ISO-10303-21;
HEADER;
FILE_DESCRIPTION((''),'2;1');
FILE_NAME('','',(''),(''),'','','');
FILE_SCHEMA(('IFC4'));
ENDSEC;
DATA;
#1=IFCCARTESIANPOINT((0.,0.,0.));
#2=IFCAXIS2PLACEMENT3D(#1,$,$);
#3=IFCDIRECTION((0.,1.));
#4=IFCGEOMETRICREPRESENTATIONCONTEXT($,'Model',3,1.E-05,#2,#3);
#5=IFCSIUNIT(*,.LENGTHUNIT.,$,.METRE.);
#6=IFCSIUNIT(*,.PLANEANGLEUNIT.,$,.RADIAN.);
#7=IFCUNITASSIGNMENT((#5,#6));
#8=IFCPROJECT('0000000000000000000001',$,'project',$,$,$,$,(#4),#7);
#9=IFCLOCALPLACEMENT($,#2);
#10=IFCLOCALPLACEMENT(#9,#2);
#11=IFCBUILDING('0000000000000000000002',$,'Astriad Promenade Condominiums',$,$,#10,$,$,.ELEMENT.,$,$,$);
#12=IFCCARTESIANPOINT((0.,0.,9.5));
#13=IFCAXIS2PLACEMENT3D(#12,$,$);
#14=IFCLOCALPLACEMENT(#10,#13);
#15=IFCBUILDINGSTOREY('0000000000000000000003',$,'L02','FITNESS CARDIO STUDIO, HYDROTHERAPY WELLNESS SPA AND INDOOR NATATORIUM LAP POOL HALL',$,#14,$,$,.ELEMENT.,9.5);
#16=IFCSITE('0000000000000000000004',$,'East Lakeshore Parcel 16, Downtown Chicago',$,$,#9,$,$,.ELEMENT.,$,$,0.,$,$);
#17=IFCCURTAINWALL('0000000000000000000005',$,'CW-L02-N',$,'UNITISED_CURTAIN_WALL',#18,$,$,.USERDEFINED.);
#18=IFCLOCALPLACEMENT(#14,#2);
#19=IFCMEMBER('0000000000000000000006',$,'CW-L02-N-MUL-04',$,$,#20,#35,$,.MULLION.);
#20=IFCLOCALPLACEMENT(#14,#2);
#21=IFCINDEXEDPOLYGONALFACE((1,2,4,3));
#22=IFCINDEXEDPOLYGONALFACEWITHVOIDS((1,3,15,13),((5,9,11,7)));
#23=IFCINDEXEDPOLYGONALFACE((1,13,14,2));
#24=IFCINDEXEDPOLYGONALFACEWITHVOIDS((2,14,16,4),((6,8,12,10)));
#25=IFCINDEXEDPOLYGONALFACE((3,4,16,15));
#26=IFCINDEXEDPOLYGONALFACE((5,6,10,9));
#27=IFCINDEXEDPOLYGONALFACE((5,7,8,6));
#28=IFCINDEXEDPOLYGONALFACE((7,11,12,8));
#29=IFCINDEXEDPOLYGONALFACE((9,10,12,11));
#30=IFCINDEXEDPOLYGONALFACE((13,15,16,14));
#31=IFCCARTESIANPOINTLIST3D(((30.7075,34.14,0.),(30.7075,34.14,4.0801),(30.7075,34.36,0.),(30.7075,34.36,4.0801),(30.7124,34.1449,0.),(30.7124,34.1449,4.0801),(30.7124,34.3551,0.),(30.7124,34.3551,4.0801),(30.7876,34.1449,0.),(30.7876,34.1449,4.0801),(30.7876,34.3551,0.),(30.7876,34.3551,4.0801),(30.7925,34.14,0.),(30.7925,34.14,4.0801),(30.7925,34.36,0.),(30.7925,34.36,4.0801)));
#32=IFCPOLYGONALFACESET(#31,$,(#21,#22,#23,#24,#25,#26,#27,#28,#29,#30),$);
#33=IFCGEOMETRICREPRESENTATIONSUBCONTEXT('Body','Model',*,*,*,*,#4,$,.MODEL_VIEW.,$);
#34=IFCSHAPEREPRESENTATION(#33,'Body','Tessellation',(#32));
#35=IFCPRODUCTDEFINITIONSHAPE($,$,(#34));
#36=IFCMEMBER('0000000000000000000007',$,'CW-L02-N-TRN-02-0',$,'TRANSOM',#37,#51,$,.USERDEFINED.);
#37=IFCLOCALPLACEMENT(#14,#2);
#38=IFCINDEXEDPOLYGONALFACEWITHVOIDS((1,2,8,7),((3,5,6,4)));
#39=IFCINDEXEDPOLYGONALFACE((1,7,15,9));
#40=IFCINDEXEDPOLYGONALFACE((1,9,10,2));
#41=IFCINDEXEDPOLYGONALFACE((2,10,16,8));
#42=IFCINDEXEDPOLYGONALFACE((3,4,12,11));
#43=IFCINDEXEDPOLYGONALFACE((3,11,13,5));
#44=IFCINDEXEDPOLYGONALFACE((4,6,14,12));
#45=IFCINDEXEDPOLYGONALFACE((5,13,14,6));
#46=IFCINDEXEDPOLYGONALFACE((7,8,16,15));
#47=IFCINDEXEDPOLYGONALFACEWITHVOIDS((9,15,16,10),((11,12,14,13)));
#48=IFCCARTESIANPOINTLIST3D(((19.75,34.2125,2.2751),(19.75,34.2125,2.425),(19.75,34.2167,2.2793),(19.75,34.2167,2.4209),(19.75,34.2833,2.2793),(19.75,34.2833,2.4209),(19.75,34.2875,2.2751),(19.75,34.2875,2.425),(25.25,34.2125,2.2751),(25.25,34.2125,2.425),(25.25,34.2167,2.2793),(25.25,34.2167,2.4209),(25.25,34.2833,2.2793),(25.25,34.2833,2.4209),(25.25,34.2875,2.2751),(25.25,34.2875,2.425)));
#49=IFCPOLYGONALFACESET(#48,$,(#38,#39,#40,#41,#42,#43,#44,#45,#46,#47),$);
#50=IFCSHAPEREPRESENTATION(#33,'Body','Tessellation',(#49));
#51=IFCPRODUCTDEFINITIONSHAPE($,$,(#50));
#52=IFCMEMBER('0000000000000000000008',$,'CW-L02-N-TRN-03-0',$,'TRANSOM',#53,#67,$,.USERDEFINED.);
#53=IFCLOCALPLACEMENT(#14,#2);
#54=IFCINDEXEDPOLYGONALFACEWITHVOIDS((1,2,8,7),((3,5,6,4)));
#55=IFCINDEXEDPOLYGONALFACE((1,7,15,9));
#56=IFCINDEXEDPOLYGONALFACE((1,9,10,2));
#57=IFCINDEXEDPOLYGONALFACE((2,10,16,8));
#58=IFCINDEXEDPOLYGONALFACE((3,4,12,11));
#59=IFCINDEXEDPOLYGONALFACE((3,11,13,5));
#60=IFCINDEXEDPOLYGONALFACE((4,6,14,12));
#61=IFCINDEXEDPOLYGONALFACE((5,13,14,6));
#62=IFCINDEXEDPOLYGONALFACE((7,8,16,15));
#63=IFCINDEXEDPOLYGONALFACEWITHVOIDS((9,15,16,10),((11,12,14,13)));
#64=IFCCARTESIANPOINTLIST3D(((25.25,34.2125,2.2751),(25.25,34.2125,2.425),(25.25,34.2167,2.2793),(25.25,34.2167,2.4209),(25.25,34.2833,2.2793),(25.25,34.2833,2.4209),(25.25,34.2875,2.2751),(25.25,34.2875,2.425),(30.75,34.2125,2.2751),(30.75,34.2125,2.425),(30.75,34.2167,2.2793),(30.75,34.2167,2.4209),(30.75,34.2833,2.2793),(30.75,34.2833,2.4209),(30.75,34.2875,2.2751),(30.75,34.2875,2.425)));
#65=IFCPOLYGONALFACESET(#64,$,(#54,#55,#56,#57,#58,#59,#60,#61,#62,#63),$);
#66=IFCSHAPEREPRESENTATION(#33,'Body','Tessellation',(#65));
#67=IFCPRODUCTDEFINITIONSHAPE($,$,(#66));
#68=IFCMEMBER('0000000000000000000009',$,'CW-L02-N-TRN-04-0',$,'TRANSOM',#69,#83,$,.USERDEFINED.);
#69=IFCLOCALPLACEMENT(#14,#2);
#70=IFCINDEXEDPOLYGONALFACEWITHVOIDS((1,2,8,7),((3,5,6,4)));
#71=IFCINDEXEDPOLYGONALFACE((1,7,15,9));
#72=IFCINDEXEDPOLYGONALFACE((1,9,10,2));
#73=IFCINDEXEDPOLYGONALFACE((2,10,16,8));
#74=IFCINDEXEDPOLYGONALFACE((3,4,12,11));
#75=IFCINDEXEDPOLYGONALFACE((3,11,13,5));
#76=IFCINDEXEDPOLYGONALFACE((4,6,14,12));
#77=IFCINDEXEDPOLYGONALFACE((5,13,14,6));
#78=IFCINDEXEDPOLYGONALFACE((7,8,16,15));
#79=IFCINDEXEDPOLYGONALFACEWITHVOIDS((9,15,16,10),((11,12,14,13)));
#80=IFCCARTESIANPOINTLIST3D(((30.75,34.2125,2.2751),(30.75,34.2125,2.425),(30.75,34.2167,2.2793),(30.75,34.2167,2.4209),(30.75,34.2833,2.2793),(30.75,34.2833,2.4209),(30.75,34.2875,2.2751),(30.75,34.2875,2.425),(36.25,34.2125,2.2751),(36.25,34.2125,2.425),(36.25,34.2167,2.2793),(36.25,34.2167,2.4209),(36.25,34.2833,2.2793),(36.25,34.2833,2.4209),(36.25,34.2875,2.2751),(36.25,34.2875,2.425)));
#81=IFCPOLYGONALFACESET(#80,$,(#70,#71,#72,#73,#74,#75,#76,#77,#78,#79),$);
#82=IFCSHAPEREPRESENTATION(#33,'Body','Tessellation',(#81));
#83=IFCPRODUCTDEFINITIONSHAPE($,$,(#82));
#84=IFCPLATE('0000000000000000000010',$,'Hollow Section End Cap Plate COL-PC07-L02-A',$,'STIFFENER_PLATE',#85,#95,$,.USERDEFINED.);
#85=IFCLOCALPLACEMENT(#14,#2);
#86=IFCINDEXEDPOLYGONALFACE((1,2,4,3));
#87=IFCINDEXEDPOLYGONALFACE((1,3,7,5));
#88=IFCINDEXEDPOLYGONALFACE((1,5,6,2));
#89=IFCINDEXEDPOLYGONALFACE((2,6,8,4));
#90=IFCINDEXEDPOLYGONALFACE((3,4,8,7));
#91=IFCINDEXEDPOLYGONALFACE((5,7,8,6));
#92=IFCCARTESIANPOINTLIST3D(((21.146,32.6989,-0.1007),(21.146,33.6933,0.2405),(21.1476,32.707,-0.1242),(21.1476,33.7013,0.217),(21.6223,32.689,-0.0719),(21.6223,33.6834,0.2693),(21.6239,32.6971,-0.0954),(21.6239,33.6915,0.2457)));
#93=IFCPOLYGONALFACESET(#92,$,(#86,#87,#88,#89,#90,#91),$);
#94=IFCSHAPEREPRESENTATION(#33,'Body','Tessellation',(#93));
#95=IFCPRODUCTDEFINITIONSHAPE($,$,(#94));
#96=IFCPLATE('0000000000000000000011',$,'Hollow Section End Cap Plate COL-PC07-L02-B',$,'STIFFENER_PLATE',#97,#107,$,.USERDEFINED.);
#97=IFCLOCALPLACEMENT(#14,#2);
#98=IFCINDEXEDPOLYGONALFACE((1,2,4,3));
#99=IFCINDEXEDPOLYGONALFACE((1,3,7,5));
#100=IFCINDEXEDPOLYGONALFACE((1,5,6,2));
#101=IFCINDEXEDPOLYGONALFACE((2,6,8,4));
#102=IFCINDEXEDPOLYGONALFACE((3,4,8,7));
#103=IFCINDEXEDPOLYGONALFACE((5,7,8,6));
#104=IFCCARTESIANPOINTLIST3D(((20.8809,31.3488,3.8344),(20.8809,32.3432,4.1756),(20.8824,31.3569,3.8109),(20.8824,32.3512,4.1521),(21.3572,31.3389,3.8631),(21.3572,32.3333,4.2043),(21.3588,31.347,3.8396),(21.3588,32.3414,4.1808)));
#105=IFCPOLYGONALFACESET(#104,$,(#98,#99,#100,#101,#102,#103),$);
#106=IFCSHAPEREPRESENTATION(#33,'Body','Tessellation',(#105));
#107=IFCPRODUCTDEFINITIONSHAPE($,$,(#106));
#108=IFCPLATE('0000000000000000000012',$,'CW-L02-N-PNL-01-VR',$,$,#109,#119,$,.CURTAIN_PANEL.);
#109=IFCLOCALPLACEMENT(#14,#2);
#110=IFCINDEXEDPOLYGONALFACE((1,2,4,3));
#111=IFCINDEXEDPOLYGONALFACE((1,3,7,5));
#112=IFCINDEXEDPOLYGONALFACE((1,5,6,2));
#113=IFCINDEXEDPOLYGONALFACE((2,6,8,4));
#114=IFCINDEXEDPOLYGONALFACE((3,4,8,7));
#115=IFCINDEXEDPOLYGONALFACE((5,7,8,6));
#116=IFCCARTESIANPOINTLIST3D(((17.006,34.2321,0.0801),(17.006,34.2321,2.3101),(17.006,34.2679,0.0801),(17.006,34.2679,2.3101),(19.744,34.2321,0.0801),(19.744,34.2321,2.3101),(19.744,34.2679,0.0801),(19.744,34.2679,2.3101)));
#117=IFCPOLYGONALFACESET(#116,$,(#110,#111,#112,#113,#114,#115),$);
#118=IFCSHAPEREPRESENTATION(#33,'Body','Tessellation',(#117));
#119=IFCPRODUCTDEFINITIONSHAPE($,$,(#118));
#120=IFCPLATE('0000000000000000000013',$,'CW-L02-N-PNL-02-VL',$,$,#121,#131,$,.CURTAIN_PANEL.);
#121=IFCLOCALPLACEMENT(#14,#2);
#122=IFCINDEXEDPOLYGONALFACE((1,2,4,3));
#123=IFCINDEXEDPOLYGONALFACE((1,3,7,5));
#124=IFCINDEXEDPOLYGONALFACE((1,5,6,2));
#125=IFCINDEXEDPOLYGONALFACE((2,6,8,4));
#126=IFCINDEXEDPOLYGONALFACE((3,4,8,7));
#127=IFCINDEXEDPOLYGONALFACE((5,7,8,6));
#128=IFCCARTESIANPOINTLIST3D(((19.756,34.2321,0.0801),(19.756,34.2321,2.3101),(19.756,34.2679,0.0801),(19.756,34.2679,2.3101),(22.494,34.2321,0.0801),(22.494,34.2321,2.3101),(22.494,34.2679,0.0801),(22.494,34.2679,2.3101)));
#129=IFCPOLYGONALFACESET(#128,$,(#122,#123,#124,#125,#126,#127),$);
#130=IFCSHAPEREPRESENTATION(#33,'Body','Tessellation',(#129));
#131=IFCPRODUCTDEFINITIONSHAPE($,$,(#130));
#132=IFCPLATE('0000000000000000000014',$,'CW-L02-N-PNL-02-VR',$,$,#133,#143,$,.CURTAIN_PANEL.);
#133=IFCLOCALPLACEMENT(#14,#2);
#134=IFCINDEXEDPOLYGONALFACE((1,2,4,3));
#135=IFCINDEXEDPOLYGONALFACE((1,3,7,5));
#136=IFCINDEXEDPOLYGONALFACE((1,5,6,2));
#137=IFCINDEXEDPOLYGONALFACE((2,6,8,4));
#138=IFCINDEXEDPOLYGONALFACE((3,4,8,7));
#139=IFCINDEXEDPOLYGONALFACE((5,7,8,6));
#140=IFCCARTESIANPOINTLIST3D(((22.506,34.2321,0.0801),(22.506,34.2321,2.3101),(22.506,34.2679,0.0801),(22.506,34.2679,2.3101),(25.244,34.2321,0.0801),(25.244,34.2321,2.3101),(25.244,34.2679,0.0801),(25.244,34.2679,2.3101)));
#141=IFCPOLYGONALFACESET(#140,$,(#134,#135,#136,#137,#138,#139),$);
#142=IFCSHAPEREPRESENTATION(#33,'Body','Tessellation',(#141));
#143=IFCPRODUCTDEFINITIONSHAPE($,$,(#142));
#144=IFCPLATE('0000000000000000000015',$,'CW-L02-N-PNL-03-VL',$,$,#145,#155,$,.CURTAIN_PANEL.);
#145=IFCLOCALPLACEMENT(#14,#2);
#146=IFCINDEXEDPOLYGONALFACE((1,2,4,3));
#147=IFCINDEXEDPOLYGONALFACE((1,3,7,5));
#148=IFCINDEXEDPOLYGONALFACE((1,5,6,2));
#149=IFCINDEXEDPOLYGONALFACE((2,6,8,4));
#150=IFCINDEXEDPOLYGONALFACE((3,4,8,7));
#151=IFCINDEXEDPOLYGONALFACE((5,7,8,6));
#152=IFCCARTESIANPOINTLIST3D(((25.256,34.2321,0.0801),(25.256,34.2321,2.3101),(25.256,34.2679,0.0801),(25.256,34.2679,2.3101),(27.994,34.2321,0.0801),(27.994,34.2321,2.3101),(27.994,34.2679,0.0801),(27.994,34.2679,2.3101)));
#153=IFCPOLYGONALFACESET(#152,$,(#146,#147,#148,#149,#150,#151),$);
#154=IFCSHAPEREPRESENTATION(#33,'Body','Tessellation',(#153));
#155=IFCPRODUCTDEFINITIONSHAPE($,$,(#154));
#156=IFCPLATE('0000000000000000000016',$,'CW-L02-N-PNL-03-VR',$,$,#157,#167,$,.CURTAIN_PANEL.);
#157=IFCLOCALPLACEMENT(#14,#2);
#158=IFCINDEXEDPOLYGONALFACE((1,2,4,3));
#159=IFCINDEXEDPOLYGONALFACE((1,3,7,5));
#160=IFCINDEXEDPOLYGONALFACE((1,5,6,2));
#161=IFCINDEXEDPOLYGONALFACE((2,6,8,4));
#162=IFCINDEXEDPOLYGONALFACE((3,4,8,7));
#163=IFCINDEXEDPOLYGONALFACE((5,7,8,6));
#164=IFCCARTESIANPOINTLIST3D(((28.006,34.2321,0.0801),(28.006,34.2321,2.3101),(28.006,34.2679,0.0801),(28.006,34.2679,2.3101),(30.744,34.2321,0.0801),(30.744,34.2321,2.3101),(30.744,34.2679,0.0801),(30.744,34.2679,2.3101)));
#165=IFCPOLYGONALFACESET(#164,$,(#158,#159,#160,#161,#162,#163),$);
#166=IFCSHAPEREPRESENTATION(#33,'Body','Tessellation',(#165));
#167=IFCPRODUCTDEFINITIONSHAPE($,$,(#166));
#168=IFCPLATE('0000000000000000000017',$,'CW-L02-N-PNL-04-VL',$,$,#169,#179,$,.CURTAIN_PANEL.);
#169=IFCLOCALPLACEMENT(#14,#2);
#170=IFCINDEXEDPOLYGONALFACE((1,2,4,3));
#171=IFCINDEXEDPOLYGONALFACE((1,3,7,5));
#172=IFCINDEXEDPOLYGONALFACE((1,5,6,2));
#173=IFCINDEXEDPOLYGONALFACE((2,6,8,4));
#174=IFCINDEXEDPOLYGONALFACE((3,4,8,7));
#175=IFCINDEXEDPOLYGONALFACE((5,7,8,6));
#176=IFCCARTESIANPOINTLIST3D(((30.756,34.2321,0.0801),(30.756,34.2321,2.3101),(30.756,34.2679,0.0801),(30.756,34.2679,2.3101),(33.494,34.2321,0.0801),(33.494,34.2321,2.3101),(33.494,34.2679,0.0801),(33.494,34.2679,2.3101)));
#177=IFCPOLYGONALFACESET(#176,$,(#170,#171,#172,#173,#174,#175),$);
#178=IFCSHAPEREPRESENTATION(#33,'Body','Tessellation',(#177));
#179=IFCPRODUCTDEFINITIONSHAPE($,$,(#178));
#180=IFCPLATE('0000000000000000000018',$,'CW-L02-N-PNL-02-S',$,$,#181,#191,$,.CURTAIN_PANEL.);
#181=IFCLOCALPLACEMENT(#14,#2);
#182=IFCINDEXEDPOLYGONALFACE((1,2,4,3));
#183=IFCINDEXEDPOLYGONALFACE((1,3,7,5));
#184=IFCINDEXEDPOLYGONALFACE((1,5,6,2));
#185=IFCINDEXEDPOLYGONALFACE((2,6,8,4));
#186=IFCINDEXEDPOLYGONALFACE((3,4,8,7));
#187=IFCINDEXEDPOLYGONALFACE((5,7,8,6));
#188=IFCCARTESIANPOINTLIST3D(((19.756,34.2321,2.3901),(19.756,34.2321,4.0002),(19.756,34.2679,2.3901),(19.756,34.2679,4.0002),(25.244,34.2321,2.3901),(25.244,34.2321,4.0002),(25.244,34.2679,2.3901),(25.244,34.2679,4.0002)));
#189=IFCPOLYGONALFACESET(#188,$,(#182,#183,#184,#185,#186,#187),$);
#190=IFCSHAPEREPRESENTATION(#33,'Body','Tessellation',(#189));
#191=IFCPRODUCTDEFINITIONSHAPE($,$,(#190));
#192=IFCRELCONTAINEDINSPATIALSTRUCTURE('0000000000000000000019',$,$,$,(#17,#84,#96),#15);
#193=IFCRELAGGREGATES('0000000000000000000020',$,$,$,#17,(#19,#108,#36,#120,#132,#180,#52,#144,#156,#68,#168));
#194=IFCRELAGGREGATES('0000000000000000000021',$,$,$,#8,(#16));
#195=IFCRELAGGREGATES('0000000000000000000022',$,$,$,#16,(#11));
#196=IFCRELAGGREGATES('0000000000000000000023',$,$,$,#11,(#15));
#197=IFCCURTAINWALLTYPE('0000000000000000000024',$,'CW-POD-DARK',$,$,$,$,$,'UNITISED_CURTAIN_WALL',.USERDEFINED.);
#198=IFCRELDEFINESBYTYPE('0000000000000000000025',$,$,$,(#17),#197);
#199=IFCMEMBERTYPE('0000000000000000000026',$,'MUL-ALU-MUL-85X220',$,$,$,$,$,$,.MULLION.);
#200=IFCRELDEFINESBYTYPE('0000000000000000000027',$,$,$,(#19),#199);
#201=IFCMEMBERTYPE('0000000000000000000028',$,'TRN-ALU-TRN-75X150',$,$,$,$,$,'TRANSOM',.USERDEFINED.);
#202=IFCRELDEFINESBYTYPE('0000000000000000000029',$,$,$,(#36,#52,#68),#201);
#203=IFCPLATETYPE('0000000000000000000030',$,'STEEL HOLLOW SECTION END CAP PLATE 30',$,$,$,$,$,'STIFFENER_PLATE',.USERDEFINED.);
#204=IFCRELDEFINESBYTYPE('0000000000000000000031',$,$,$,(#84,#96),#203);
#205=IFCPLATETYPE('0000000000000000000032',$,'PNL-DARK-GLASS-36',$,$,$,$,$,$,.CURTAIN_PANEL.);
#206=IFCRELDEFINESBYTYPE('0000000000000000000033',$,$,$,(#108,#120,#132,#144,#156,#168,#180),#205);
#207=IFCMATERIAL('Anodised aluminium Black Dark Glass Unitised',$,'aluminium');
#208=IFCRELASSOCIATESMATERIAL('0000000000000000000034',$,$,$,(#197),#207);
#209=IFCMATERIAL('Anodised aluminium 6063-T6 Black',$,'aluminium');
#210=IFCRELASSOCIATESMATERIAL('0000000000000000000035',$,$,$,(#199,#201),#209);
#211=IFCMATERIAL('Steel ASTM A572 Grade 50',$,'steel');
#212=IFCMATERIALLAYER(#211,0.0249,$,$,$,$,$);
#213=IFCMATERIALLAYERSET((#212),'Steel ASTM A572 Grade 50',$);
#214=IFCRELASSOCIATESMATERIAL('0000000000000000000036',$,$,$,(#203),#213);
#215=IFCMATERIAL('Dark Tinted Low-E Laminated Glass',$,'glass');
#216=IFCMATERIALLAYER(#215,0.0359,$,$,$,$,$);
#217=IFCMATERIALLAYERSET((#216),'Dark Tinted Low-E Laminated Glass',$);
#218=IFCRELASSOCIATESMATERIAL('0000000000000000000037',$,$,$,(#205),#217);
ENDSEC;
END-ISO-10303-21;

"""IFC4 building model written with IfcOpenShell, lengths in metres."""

from ifc_helpers import new_model, si_unit, direction, frame, origin, origin_2d, place, context, subcontext, project, spatial, rectangle, hollow_rectangle, extrude, source, transform, mapped, material, layer, layer_set, material_profile, profile_set, type_object, type_shapes, element, aggregate, save


model = new_model("IFC4")

# Units and contexts
model_context = context("Model", 3, precision=1e-05, world=origin(), true_north=direction((0.0, 1.0)))
body_context = subcontext(model_context, "Body", "Model", "MODEL_VIEW")
ifc_project = project(units=[si_unit("LENGTHUNIT", "METRE"), si_unit("PLANEANGLEUNIT", "RADIAN")], contexts=[model_context])

# Site, building, storey
site_placement = place(None, origin())
site = spatial("IfcSite", under=ifc_project, at=site_placement, Name="East Lakeshore Parcel 16, Downtown Chicago", CompositionType="ELEMENT", RefElevation=0.0)
building_placement = place(site_placement, origin())
building = spatial("IfcBuilding", under=site, at=building_placement, Name="Astriad Promenade Condominiums", CompositionType="ELEMENT")
storey_placement = place(building_placement, frame((0.0, 0.0, 9.5)))
storey = spatial("IfcBuildingStorey", under=building, at=storey_placement, Name="L02", Description="FITNESS CARDIO STUDIO, HYDROTHERAPY WELLNESS SPA AND INDOOR NATATORIUM LAP POOL HALL", CompositionType="ELEMENT", Elevation=9.5)

# Curtain wall, members
ifc_material_1 = material(Name="Anodised aluminium Black Dark Glass Unitised", Category="aluminium")
curtain_wall_type = type_object("IfcCurtainWallType", Name="CW-POD-DARK", ElementType="UNITISED_CURTAIN_WALL", PredefinedType="USERDEFINED", material=ifc_material_1)
curtain_wall_placement = place(storey_placement, origin())
curtain_wall = element("IfcCurtainWall", 1, at=curtain_wall_placement, inside=storey, type_object=curtain_wall_type, Name="CW-L02-N", ObjectType="UNITISED_CURTAIN_WALL", PredefinedType="USERDEFINED")
ifc_material_2 = material(Name="Anodised aluminium 6063-T6 Black", Category="aluminium")
ifc_material_profile_1 = material_profile(ifc_material_2, hollow_rectangle(XDim=0.085, YDim=0.22, WallThickness=0.0049, at=origin_2d()), Name="ALU-MUL-85X220")
ifc_profile_set_1 = profile_set([ifc_material_profile_1], Name="Anodised aluminium 6063-T6 Black")
member_type_1 = type_object("IfcMemberType", Name="MUL-ALU-MUL-85X220", PredefinedType="MULLION", material=ifc_profile_set_1)
shared_shape_1 = source(origin(), body_context, "Body", "SweptSolid", [
    extrude(hollow_rectangle(XDim=0.085, YDim=0.22, WallThickness=0.0049, at=origin_2d()), origin(), (0.0, 0.0, 1.0), 4.0801),
])
type_shapes(member_type_1, [shared_shape_1])
member_1_placement = place(storey_placement, frame((30.75, 34.25, 0.0), z_axis=(0.0, 0.0, 1.0), x_axis=(1.0, 0.0, 0.0)))
member_1 = element("IfcMember", 2, at=member_1_placement, type_object=member_type_1, Name="CW-L02-N-MUL-04", PredefinedType="MULLION", context=body_context, shape_type="MappedRepresentation", body=[
    mapped(shared_shape_1, transform((0.0, 0.0, 0.0), scale=1.0)),
])
ifc_material_profile_2 = material_profile(ifc_material_2, hollow_rectangle(XDim=0.075, YDim=0.1499, WallThickness=0.0042, at=origin_2d()), Name="ALU-TRN-75X150")
ifc_profile_set_2 = profile_set([ifc_material_profile_2], Name="Anodised aluminium 6063-T6 Black")
member_type_2 = type_object("IfcMemberType", Name="TRN-ALU-TRN-75X150", ElementType="TRANSOM", PredefinedType="USERDEFINED", material=ifc_profile_set_2)
shared_shape_2 = source(origin(), body_context, "Body", "SweptSolid", [
    extrude(hollow_rectangle(XDim=0.075, YDim=0.1499, WallThickness=0.0042, at=origin_2d()), origin(), (0.0, 0.0, 1.0), 5.5),
])
type_shapes(member_type_2, [shared_shape_2])
member_2_placement = place(storey_placement, frame((19.75, 34.25, 2.3501), z_axis=(1.0, 0.0, 0.0), x_axis=(0.0, 1.0, 0.0)))
member_2 = element("IfcMember", 3, at=member_2_placement, type_object=member_type_2, Name="CW-L02-N-TRN-02-0", ObjectType="TRANSOM", PredefinedType="USERDEFINED", context=body_context, shape_type="MappedRepresentation", body=[
    mapped(shared_shape_2, transform((0.0, 0.0, 0.0), scale=1.0)),
])
member_3_placement = place(storey_placement, frame((25.25, 34.25, 2.3501), z_axis=(1.0, 0.0, 0.0), x_axis=(0.0, 1.0, 0.0)))
member_3 = element("IfcMember", 4, at=member_3_placement, type_object=member_type_2, Name="CW-L02-N-TRN-03-0", ObjectType="TRANSOM", PredefinedType="USERDEFINED", context=body_context, shape_type="MappedRepresentation", body=[
    mapped(shared_shape_2, transform((0.0, 0.0, 0.0), scale=1.0)),
])
member_4_placement = place(storey_placement, frame((30.75, 34.25, 2.3501), z_axis=(1.0, 0.0, 0.0), x_axis=(0.0, 1.0, 0.0)))
member_4 = element("IfcMember", 5, at=member_4_placement, type_object=member_type_2, Name="CW-L02-N-TRN-04-0", ObjectType="TRANSOM", PredefinedType="USERDEFINED", context=body_context, shape_type="MappedRepresentation", body=[
    mapped(shared_shape_2, transform((0.0, 0.0, 0.0), scale=1.0)),
])

# Plates
ifc_material_3 = material(Name="Steel ASTM A572 Grade 50", Category="steel")
ifc_layer_1 = layer(ifc_material_3, 0.0249)
ifc_layer_set_1 = layer_set([ifc_layer_1], Name="Steel ASTM A572 Grade 50")
plate_type_1 = type_object("IfcPlateType", Name="STEEL HOLLOW SECTION END CAP PLATE 30", ElementType="STIFFENER_PLATE", PredefinedType="USERDEFINED", material=ifc_layer_set_1)
shared_shape_3 = source(origin(), body_context, "Body", "SweptSolid", [
    extrude(rectangle(XDim=0.4773, YDim=1.0513, at=origin_2d()), origin(), (0.0, 0.0, 1.0), 0.0249),
])
type_shapes(plate_type_1, [shared_shape_3])
for number, where, z_axis, x_axis, name in (
    (6, (21.3857, 33.1992, 0.0608), (-0.063612, -0.323901, 0.94395), (1.0, 0.0, 0.0), "Hollow Section End Cap Plate COL-PC07-L02-A"),
    (7, (21.1206, 31.8491, 3.9958), (-0.063612, -0.323901, 0.94395), (1.0, 0.0, 0.0), "Hollow Section End Cap Plate COL-PC07-L02-B"),
):
    element("IfcPlate", number, at=place(storey_placement, frame(where, z_axis=z_axis, x_axis=x_axis)), inside=storey, type_object=plate_type_1, Name=name, ObjectType="STIFFENER_PLATE", PredefinedType="USERDEFINED", context=body_context, shape_type="MappedRepresentation", body=[
        mapped(shared_shape_3, transform((0.0, 0.0, 0.0), scale=1.0)),
    ])

# Plates
ifc_material_4 = material(Name="Dark Tinted Low-E Laminated Glass", Category="glass")
ifc_layer_2 = layer(ifc_material_4, 0.0359)
ifc_layer_set_2 = layer_set([ifc_layer_2], Name="Dark Tinted Low-E Laminated Glass")
plate_type_2 = type_object("IfcPlateType", Name="PNL-DARK-GLASS-36", PredefinedType="CURTAIN_PANEL", material=ifc_layer_set_2)
shared_shape_4 = source(origin(), body_context, "Body", "SweptSolid", [
    extrude(rectangle(XDim=2.738, YDim=0.0359, at=origin_2d()), origin(), (0.0, 0.0, 1.0), 2.23),
])
plate_1_placement = place(storey_placement, frame((18.375, 34.25, 0.0801), z_axis=(0.0, 0.0, 1.0), x_axis=(1.0, 0.0, 0.0)))
plate_1 = element("IfcPlate", 8, at=plate_1_placement, type_object=plate_type_2, Name="CW-L02-N-PNL-01-VR", PredefinedType="CURTAIN_PANEL", context=body_context, shape_type="MappedRepresentation", body=[
    mapped(shared_shape_4, transform((0.0, 0.0, 0.0), scale=1.0)),
])
plate_2_placement = place(storey_placement, frame((21.125, 34.25, 0.0801), z_axis=(0.0, 0.0, 1.0), x_axis=(1.0, 0.0, 0.0)))
plate_2 = element("IfcPlate", 9, at=plate_2_placement, type_object=plate_type_2, Name="CW-L02-N-PNL-02-VL", PredefinedType="CURTAIN_PANEL", context=body_context, shape_type="MappedRepresentation", body=[
    mapped(shared_shape_4, transform((0.0, 0.0, 0.0), scale=1.0)),
])
plate_3_placement = place(storey_placement, frame((23.875, 34.25, 0.0801), z_axis=(0.0, 0.0, 1.0), x_axis=(1.0, 0.0, 0.0)))
plate_3 = element("IfcPlate", 10, at=plate_3_placement, type_object=plate_type_2, Name="CW-L02-N-PNL-02-VR", PredefinedType="CURTAIN_PANEL", context=body_context, shape_type="MappedRepresentation", body=[
    mapped(shared_shape_4, transform((0.0, 0.0, 0.0), scale=1.0)),
])
plate_4_placement = place(storey_placement, frame((26.625, 34.25, 0.0801), z_axis=(0.0, 0.0, 1.0), x_axis=(1.0, 0.0, 0.0)))
plate_4 = element("IfcPlate", 11, at=plate_4_placement, type_object=plate_type_2, Name="CW-L02-N-PNL-03-VL", PredefinedType="CURTAIN_PANEL", context=body_context, shape_type="MappedRepresentation", body=[
    mapped(shared_shape_4, transform((0.0, 0.0, 0.0), scale=1.0)),
])
plate_5_placement = place(storey_placement, frame((29.375, 34.25, 0.0801), z_axis=(0.0, 0.0, 1.0), x_axis=(1.0, 0.0, 0.0)))
plate_5 = element("IfcPlate", 12, at=plate_5_placement, type_object=plate_type_2, Name="CW-L02-N-PNL-03-VR", PredefinedType="CURTAIN_PANEL", context=body_context, shape_type="MappedRepresentation", body=[
    mapped(shared_shape_4, transform((0.0, 0.0, 0.0), scale=1.0)),
])
plate_6_placement = place(storey_placement, frame((32.125, 34.25, 0.0801), z_axis=(0.0, 0.0, 1.0), x_axis=(1.0, 0.0, 0.0)))
plate_6 = element("IfcPlate", 13, at=plate_6_placement, type_object=plate_type_2, Name="CW-L02-N-PNL-04-VL", PredefinedType="CURTAIN_PANEL", context=body_context, shape_type="MappedRepresentation", body=[
    mapped(shared_shape_4, transform((0.0, 0.0, 0.0), scale=1.0)),
])
shared_shape_5 = source(origin(), body_context, "Body", "SweptSolid", [
    extrude(rectangle(XDim=5.488, YDim=0.0359, at=origin_2d()), origin(), (0.0, 0.0, 1.0), 1.6101),
])
type_shapes(plate_type_2, [shared_shape_4, shared_shape_5])
plate_7_placement = place(storey_placement, frame((22.5, 34.25, 2.3901), z_axis=(0.0, 0.0, 1.0), x_axis=(1.0, 0.0, 0.0)))
plate_7 = element("IfcPlate", 14, at=plate_7_placement, type_object=plate_type_2, Name="CW-L02-N-PNL-02-S", PredefinedType="CURTAIN_PANEL", context=body_context, shape_type="MappedRepresentation", body=[
    mapped(shared_shape_5, transform((0.0, 0.0, 0.0), scale=1.0)),
])
aggregate(curtain_wall, [member_1, plate_1, member_2, plate_2, plate_3, plate_7, member_3, plate_4, plate_5, member_4, plate_6])

save(model, "model.ifc")
